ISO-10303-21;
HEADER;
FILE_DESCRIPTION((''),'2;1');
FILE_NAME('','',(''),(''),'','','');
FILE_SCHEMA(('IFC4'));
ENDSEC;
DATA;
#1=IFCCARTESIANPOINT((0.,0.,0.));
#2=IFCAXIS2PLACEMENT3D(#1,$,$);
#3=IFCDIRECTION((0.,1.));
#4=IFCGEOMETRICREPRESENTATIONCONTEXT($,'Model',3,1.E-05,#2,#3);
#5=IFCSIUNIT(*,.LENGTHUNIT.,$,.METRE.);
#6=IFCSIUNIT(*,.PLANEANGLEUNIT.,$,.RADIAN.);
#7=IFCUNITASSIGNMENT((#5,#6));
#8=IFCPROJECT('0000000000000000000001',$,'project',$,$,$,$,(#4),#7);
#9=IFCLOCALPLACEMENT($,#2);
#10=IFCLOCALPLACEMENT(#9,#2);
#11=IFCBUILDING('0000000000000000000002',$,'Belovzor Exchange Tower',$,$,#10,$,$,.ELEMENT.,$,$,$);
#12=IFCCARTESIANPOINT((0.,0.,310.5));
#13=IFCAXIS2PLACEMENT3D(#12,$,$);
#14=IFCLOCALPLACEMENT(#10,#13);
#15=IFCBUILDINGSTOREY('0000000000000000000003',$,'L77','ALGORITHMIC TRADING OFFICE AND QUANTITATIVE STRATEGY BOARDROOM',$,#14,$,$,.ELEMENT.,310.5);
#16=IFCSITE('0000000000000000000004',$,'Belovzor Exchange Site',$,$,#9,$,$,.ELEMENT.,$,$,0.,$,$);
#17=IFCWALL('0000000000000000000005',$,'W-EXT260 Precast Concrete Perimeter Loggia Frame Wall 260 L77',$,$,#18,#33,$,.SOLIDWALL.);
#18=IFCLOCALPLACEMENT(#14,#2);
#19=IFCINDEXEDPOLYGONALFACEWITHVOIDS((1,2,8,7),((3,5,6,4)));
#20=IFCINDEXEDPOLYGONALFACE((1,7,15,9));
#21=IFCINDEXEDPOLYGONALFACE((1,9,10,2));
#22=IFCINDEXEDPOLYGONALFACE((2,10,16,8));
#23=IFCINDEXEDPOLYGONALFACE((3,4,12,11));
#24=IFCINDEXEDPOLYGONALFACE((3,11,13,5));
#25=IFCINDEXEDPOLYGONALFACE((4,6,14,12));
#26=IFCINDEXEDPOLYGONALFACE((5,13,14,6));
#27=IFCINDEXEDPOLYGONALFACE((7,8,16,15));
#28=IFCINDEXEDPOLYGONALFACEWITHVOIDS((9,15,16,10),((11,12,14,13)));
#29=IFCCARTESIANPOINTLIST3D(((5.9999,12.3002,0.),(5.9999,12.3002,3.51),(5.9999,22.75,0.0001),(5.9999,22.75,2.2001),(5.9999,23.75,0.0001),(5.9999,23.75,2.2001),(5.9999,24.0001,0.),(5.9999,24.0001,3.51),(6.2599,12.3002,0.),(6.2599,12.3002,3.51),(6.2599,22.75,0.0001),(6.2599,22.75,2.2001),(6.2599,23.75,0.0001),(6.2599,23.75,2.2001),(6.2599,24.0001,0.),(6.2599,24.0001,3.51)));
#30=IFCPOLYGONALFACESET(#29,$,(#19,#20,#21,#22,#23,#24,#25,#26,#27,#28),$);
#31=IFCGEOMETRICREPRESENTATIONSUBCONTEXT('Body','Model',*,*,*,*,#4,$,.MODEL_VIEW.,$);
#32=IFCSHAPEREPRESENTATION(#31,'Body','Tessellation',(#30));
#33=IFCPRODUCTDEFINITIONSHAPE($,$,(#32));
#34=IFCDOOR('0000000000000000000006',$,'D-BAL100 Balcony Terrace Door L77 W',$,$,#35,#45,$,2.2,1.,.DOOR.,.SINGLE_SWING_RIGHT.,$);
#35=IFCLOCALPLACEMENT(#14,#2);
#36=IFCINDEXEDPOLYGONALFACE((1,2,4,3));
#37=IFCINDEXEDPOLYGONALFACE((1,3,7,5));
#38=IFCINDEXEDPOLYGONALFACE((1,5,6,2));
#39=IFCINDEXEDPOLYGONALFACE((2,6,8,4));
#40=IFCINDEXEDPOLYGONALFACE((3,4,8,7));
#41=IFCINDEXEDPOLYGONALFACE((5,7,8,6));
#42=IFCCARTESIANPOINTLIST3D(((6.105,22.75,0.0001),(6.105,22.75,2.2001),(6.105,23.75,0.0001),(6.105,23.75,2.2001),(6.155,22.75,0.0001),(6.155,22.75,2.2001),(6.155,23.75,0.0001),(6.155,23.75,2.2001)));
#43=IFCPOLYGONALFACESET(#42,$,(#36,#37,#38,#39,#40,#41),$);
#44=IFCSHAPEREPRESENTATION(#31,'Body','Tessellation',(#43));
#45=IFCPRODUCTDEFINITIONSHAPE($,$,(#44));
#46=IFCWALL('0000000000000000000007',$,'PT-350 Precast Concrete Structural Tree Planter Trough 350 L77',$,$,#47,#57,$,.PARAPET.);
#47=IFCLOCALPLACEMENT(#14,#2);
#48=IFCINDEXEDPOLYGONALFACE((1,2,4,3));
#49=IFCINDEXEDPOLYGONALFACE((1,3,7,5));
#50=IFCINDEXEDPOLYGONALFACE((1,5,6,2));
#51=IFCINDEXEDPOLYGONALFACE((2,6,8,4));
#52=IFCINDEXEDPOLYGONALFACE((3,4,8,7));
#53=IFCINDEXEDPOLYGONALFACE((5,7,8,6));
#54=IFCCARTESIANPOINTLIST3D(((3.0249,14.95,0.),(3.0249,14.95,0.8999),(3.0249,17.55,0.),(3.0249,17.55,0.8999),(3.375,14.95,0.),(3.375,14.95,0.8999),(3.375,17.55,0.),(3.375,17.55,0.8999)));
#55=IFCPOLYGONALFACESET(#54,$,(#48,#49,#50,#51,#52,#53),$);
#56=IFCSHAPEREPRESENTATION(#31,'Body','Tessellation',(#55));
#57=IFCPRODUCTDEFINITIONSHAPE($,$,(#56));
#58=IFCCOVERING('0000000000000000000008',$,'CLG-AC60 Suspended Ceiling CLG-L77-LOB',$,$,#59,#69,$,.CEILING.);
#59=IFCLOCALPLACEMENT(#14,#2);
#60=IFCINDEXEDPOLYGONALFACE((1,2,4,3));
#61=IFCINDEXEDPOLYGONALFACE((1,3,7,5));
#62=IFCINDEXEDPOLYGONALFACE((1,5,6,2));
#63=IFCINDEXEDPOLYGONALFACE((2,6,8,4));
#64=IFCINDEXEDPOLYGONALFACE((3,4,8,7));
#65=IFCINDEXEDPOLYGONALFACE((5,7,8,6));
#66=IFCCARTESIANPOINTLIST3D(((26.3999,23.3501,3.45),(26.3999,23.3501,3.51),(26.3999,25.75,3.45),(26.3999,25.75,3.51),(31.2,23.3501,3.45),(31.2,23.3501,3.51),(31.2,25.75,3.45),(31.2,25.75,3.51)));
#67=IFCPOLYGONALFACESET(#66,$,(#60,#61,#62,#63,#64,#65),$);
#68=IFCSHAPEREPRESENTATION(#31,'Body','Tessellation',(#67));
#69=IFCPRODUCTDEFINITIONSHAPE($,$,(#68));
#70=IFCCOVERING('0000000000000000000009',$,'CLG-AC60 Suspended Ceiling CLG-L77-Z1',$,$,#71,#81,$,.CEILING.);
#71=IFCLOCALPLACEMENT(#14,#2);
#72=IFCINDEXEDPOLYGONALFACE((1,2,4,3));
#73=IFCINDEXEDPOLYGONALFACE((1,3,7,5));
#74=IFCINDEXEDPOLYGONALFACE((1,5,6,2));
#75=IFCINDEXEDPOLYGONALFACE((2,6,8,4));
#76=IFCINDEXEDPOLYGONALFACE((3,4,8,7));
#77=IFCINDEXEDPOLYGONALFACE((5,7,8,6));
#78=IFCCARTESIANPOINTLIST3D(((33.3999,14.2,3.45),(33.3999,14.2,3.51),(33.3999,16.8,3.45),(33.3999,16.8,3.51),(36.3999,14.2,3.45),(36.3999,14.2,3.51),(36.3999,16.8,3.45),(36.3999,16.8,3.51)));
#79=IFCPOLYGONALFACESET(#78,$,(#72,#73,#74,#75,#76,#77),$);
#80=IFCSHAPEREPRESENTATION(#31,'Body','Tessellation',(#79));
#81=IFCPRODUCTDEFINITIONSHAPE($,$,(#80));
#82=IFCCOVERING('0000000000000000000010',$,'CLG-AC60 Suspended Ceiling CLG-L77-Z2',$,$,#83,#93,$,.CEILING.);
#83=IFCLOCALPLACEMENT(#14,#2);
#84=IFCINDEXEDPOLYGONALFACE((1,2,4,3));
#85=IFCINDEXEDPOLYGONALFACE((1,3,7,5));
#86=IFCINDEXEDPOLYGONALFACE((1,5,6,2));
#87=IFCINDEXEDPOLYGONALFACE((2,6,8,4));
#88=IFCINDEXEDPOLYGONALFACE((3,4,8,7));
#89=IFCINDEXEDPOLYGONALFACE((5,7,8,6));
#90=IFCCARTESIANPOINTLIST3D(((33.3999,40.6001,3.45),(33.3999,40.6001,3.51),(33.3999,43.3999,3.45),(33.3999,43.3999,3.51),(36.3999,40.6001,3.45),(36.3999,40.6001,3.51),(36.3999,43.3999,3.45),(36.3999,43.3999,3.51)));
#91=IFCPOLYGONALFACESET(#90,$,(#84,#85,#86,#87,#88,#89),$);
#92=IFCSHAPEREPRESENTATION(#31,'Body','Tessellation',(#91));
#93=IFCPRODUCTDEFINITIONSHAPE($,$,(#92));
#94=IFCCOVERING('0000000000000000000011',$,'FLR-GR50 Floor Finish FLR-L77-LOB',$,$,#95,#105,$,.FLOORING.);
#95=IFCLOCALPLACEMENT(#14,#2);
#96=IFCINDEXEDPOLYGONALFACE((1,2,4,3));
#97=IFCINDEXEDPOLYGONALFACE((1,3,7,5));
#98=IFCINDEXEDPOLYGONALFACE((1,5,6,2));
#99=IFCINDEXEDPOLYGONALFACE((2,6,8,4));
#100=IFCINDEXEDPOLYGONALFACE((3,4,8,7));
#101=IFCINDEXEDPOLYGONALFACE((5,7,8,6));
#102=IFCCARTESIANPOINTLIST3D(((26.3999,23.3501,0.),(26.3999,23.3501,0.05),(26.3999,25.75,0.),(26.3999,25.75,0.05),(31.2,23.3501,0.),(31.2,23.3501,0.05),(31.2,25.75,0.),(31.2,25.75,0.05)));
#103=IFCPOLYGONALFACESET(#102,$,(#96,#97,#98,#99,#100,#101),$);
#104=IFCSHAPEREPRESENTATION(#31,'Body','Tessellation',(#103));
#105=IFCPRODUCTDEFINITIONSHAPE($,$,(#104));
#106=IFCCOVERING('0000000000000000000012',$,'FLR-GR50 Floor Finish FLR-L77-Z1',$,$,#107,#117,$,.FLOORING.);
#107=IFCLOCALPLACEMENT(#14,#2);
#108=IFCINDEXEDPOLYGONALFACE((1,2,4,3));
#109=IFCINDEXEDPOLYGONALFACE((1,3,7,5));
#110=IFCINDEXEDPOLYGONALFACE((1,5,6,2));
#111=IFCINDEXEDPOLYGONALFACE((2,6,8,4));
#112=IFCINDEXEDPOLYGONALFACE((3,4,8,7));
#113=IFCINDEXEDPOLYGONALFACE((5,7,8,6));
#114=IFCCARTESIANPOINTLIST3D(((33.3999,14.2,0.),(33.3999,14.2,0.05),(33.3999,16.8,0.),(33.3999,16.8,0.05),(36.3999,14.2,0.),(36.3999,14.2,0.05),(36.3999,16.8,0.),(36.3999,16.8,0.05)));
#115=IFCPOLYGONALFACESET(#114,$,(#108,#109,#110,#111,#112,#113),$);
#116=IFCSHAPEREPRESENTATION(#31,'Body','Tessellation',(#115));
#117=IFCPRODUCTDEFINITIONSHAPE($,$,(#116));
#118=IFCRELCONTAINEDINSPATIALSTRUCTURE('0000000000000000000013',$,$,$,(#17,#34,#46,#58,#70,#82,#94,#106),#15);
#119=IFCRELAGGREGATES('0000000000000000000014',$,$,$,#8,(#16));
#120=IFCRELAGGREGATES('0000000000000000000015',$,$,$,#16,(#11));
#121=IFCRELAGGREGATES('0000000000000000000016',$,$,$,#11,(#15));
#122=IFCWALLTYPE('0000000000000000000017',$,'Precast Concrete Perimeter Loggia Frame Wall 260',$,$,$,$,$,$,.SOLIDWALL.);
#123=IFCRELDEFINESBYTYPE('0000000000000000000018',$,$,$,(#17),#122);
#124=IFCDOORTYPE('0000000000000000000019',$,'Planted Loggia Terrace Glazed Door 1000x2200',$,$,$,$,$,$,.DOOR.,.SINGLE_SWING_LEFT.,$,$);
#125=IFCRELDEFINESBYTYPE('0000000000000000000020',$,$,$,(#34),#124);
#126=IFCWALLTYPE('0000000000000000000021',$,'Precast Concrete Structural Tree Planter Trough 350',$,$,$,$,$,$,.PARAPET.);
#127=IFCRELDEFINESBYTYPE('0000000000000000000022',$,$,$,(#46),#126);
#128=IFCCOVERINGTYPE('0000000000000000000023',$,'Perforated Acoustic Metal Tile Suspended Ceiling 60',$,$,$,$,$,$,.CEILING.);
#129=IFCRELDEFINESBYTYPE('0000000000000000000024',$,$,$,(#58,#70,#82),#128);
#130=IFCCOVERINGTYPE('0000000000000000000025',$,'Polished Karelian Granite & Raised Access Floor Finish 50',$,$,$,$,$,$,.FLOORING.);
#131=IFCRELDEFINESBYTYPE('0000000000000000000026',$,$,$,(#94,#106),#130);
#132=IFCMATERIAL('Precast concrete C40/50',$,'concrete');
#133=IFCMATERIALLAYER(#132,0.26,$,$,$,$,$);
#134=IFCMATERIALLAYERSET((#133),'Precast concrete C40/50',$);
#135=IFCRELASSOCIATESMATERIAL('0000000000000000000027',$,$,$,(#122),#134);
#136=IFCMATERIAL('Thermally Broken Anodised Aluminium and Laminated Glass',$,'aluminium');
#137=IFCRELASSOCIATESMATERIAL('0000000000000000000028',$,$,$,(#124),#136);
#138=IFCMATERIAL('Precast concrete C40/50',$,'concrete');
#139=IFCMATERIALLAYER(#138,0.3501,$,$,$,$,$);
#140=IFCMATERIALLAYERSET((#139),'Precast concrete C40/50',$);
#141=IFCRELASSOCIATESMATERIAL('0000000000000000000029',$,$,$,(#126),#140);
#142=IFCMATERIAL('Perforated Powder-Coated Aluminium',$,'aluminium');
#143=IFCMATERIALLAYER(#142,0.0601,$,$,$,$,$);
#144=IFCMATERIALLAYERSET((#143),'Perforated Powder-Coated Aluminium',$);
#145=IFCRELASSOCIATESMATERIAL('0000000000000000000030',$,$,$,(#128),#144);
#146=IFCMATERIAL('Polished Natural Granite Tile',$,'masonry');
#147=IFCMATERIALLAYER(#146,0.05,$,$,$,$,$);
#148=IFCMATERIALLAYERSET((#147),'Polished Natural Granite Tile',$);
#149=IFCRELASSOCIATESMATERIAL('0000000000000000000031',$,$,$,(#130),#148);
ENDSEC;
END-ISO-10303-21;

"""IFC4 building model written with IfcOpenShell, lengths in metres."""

from ifc_helpers import new_model, si_unit, direction, frame, frame_2d, origin, place, context, subcontext, project, spatial, polyline, rectangle, outline, extrude, material, layer, layer_set, type_object, element, fill, save


model = new_model("IFC4")

# Units and contexts
model_context = context("Model", 3, precision=1e-05, world=origin(), true_north=direction((0.0, 1.0)))
body_context = subcontext(model_context, "Body", "Model", "MODEL_VIEW")
ifc_project = project(units=[si_unit("LENGTHUNIT", "METRE"), si_unit("PLANEANGLEUNIT", "RADIAN")], contexts=[model_context])

# Site, building, storey
site_placement = place(None, origin())
site = spatial("IfcSite", under=ifc_project, at=site_placement, Name="Belovzor Exchange Site", CompositionType="ELEMENT", RefElevation=0.0)
building_placement = place(site_placement, origin())
building = spatial("IfcBuilding", under=site, at=building_placement, Name="Belovzor Exchange Tower", CompositionType="ELEMENT")
storey_placement = place(building_placement, frame((0.0, 0.0, 310.5)))
storey = spatial("IfcBuildingStorey", under=building, at=storey_placement, Name="L77", Description="ALGORITHMIC TRADING OFFICE AND QUANTITATIVE STRATEGY BOARDROOM", CompositionType="ELEMENT", Elevation=310.5)

# Wall, opening, door
ifc_material_1 = material(Name="Precast concrete C40/50", Category="concrete")
ifc_layer_1 = layer(ifc_material_1, 0.26)
ifc_layer_set_1 = layer_set([ifc_layer_1], Name="Precast concrete C40/50")
wall_type_1 = type_object("IfcWallType", Name="Precast Concrete Perimeter Loggia Frame Wall 260", PredefinedType="SOLIDWALL", material=ifc_layer_set_1)
wall_1_placement = place(storey_placement, frame((6.1299, 12.3, 0.0), z_axis=(0.0, 0.0, 1.0), x_axis=(0.0, 1.0, 0.0)))
wall_1 = element("IfcWall", 1, at=wall_1_placement, inside=storey, type_object=wall_type_1, Name="W-EXT260 Precast Concrete Perimeter Loggia Frame Wall 260 L77", PredefinedType="SOLIDWALL", context=body_context, shape_type="SweptSolid", body=[
    extrude(rectangle(XDim=11.7, YDim=0.26, at=frame_2d((5.8501, 0.0))), origin(), (0.0, 0.0, 1.0), 3.51),
])
opening_1_placement = place(wall_1_placement, frame((10.45, 0.0, 0.0)))
opening_1 = element("IfcOpeningElement", 2, at=opening_1_placement, cuts=wall_1, PredefinedType="OPENING", context=body_context, shape_type="SweptSolid", body=[
    extrude(rectangle(XDim=1.0, YDim=2.2, at=frame_2d((0.5, 1.1001))), frame((0.0, 0.1399, 0.0), z_axis=(0.0, -1.0, 0.0), x_axis=(1.0, 0.0, 0.0)), (0.0, 0.0, 1.0), 0.28),
])
ifc_material_2 = material(Name="Thermally Broken Anodised Aluminium and Laminated Glass", Category="aluminium")
door_type = type_object("IfcDoorType", Name="Planted Loggia Terrace Glazed Door 1000x2200", OperationType="SINGLE_SWING_LEFT", PredefinedType="DOOR", material=ifc_material_2)
door_placement = place(opening_1_placement, origin())
door = element("IfcDoor", 3, at=door_placement, inside=storey, type_object=door_type, Name="D-BAL100 Balcony Terrace Door L77 W", OperationType="SINGLE_SWING_RIGHT", OverallHeight=2.2, OverallWidth=1.0, PredefinedType="DOOR", context=body_context, shape_type="SweptSolid", body=[
    extrude(rectangle(XDim=1.0, YDim=2.2, at=frame_2d((0.5, 1.1001))), frame((0.0, 0.0249, 0.0), z_axis=(0.0, -1.0, 0.0), x_axis=(1.0, 0.0, 0.0)), (0.0, 0.0, 1.0), 0.05),
])
fill(opening_1, door)

# Wall
ifc_material_3 = material(Name="Precast concrete C40/50", Category="concrete")
ifc_layer_2 = layer(ifc_material_3, 0.3501)
ifc_layer_set_2 = layer_set([ifc_layer_2], Name="Precast concrete C40/50")
wall_type_2 = type_object("IfcWallType", Name="Precast Concrete Structural Tree Planter Trough 350", PredefinedType="PARAPET", material=ifc_layer_set_2)
wall_2_placement = place(storey_placement, frame((3.2, 14.95, 0.0), z_axis=(0.0, 0.0, 1.0), x_axis=(0.0, 1.0, 0.0)))
element("IfcWall", 4, at=wall_2_placement, inside=storey, type_object=wall_type_2, Name="PT-350 Precast Concrete Structural Tree Planter Trough 350 L77", PredefinedType="PARAPET", context=body_context, shape_type="SweptSolid", body=[
    extrude(rectangle(XDim=2.6001, YDim=0.3501, at=frame_2d((1.3, 0.0))), origin(), (0.0, 0.0, 1.0), 0.8999),
])

# Coverings
ifc_material_4 = material(Name="Perforated Powder-Coated Aluminium", Category="aluminium")
ifc_layer_3 = layer(ifc_material_4, 0.0601)
ifc_layer_set_3 = layer_set([ifc_layer_3], Name="Perforated Powder-Coated Aluminium")
covering_type_1 = type_object("IfcCoveringType", Name="Perforated Acoustic Metal Tile Suspended Ceiling 60", PredefinedType="CEILING", material=ifc_layer_set_3)
covering_1_placement = place(storey_placement, frame((0.0, 0.0, 3.45)))
element("IfcCovering", 5, at=covering_1_placement, inside=storey, type_object=covering_type_1, Name="CLG-AC60 Suspended Ceiling CLG-L77-LOB", PredefinedType="CEILING", context=body_context, shape_type="SweptSolid", body=[
    extrude(outline(polyline([(26.3999, 23.3501), (31.2, 23.3501), (31.2, 25.75), (26.3999, 25.75), (26.3999, 23.3501)])), origin(), (0.0, 0.0, 1.0), 0.0601),
])
covering_2_placement = place(storey_placement, frame((0.0, 0.0, 3.45)))
element("IfcCovering", 6, at=covering_2_placement, inside=storey, type_object=covering_type_1, Name="CLG-AC60 Suspended Ceiling CLG-L77-Z1", PredefinedType="CEILING", context=body_context, shape_type="SweptSolid", body=[
    extrude(outline(polyline([(33.3999, 14.2), (36.3999, 14.2), (36.3999, 16.8), (33.3999, 16.8), (33.3999, 14.2)])), origin(), (0.0, 0.0, 1.0), 0.0601),
])
covering_3_placement = place(storey_placement, frame((0.0, 0.0, 3.45)))
element("IfcCovering", 7, at=covering_3_placement, inside=storey, type_object=covering_type_1, Name="CLG-AC60 Suspended Ceiling CLG-L77-Z2", PredefinedType="CEILING", context=body_context, shape_type="SweptSolid", body=[
    extrude(outline(polyline([(33.3999, 40.6001), (36.3999, 40.6001), (36.3999, 43.3999), (33.3999, 43.3999), (33.3999, 40.6001)])), origin(), (0.0, 0.0, 1.0), 0.0601),
])
ifc_material_5 = material(Name="Polished Natural Granite Tile", Category="masonry")
ifc_layer_4 = layer(ifc_material_5, 0.05)
ifc_layer_set_4 = layer_set([ifc_layer_4], Name="Polished Natural Granite Tile")
covering_type_2 = type_object("IfcCoveringType", Name="Polished Karelian Granite & Raised Access Floor Finish 50", PredefinedType="FLOORING", material=ifc_layer_set_4)
covering_4_placement = place(storey_placement, origin())
element("IfcCovering", 8, at=covering_4_placement, inside=storey, type_object=covering_type_2, Name="FLR-GR50 Floor Finish FLR-L77-LOB", PredefinedType="FLOORING", context=body_context, shape_type="SweptSolid", body=[
    extrude(outline(polyline([(26.3999, 23.3501), (31.2, 23.3501), (31.2, 25.75), (26.3999, 25.75), (26.3999, 23.3501)])), origin(), (0.0, 0.0, 1.0), 0.05),
])
covering_5_placement = place(storey_placement, origin())
element("IfcCovering", 9, at=covering_5_placement, inside=storey, type_object=covering_type_2, Name="FLR-GR50 Floor Finish FLR-L77-Z1", PredefinedType="FLOORING", context=body_context, shape_type="SweptSolid", body=[
    extrude(outline(polyline([(33.3999, 14.2), (36.3999, 14.2), (36.3999, 16.8), (33.3999, 16.8), (33.3999, 14.2)])), origin(), (0.0, 0.0, 1.0), 0.05),
])

save(model, "model.ifc")
